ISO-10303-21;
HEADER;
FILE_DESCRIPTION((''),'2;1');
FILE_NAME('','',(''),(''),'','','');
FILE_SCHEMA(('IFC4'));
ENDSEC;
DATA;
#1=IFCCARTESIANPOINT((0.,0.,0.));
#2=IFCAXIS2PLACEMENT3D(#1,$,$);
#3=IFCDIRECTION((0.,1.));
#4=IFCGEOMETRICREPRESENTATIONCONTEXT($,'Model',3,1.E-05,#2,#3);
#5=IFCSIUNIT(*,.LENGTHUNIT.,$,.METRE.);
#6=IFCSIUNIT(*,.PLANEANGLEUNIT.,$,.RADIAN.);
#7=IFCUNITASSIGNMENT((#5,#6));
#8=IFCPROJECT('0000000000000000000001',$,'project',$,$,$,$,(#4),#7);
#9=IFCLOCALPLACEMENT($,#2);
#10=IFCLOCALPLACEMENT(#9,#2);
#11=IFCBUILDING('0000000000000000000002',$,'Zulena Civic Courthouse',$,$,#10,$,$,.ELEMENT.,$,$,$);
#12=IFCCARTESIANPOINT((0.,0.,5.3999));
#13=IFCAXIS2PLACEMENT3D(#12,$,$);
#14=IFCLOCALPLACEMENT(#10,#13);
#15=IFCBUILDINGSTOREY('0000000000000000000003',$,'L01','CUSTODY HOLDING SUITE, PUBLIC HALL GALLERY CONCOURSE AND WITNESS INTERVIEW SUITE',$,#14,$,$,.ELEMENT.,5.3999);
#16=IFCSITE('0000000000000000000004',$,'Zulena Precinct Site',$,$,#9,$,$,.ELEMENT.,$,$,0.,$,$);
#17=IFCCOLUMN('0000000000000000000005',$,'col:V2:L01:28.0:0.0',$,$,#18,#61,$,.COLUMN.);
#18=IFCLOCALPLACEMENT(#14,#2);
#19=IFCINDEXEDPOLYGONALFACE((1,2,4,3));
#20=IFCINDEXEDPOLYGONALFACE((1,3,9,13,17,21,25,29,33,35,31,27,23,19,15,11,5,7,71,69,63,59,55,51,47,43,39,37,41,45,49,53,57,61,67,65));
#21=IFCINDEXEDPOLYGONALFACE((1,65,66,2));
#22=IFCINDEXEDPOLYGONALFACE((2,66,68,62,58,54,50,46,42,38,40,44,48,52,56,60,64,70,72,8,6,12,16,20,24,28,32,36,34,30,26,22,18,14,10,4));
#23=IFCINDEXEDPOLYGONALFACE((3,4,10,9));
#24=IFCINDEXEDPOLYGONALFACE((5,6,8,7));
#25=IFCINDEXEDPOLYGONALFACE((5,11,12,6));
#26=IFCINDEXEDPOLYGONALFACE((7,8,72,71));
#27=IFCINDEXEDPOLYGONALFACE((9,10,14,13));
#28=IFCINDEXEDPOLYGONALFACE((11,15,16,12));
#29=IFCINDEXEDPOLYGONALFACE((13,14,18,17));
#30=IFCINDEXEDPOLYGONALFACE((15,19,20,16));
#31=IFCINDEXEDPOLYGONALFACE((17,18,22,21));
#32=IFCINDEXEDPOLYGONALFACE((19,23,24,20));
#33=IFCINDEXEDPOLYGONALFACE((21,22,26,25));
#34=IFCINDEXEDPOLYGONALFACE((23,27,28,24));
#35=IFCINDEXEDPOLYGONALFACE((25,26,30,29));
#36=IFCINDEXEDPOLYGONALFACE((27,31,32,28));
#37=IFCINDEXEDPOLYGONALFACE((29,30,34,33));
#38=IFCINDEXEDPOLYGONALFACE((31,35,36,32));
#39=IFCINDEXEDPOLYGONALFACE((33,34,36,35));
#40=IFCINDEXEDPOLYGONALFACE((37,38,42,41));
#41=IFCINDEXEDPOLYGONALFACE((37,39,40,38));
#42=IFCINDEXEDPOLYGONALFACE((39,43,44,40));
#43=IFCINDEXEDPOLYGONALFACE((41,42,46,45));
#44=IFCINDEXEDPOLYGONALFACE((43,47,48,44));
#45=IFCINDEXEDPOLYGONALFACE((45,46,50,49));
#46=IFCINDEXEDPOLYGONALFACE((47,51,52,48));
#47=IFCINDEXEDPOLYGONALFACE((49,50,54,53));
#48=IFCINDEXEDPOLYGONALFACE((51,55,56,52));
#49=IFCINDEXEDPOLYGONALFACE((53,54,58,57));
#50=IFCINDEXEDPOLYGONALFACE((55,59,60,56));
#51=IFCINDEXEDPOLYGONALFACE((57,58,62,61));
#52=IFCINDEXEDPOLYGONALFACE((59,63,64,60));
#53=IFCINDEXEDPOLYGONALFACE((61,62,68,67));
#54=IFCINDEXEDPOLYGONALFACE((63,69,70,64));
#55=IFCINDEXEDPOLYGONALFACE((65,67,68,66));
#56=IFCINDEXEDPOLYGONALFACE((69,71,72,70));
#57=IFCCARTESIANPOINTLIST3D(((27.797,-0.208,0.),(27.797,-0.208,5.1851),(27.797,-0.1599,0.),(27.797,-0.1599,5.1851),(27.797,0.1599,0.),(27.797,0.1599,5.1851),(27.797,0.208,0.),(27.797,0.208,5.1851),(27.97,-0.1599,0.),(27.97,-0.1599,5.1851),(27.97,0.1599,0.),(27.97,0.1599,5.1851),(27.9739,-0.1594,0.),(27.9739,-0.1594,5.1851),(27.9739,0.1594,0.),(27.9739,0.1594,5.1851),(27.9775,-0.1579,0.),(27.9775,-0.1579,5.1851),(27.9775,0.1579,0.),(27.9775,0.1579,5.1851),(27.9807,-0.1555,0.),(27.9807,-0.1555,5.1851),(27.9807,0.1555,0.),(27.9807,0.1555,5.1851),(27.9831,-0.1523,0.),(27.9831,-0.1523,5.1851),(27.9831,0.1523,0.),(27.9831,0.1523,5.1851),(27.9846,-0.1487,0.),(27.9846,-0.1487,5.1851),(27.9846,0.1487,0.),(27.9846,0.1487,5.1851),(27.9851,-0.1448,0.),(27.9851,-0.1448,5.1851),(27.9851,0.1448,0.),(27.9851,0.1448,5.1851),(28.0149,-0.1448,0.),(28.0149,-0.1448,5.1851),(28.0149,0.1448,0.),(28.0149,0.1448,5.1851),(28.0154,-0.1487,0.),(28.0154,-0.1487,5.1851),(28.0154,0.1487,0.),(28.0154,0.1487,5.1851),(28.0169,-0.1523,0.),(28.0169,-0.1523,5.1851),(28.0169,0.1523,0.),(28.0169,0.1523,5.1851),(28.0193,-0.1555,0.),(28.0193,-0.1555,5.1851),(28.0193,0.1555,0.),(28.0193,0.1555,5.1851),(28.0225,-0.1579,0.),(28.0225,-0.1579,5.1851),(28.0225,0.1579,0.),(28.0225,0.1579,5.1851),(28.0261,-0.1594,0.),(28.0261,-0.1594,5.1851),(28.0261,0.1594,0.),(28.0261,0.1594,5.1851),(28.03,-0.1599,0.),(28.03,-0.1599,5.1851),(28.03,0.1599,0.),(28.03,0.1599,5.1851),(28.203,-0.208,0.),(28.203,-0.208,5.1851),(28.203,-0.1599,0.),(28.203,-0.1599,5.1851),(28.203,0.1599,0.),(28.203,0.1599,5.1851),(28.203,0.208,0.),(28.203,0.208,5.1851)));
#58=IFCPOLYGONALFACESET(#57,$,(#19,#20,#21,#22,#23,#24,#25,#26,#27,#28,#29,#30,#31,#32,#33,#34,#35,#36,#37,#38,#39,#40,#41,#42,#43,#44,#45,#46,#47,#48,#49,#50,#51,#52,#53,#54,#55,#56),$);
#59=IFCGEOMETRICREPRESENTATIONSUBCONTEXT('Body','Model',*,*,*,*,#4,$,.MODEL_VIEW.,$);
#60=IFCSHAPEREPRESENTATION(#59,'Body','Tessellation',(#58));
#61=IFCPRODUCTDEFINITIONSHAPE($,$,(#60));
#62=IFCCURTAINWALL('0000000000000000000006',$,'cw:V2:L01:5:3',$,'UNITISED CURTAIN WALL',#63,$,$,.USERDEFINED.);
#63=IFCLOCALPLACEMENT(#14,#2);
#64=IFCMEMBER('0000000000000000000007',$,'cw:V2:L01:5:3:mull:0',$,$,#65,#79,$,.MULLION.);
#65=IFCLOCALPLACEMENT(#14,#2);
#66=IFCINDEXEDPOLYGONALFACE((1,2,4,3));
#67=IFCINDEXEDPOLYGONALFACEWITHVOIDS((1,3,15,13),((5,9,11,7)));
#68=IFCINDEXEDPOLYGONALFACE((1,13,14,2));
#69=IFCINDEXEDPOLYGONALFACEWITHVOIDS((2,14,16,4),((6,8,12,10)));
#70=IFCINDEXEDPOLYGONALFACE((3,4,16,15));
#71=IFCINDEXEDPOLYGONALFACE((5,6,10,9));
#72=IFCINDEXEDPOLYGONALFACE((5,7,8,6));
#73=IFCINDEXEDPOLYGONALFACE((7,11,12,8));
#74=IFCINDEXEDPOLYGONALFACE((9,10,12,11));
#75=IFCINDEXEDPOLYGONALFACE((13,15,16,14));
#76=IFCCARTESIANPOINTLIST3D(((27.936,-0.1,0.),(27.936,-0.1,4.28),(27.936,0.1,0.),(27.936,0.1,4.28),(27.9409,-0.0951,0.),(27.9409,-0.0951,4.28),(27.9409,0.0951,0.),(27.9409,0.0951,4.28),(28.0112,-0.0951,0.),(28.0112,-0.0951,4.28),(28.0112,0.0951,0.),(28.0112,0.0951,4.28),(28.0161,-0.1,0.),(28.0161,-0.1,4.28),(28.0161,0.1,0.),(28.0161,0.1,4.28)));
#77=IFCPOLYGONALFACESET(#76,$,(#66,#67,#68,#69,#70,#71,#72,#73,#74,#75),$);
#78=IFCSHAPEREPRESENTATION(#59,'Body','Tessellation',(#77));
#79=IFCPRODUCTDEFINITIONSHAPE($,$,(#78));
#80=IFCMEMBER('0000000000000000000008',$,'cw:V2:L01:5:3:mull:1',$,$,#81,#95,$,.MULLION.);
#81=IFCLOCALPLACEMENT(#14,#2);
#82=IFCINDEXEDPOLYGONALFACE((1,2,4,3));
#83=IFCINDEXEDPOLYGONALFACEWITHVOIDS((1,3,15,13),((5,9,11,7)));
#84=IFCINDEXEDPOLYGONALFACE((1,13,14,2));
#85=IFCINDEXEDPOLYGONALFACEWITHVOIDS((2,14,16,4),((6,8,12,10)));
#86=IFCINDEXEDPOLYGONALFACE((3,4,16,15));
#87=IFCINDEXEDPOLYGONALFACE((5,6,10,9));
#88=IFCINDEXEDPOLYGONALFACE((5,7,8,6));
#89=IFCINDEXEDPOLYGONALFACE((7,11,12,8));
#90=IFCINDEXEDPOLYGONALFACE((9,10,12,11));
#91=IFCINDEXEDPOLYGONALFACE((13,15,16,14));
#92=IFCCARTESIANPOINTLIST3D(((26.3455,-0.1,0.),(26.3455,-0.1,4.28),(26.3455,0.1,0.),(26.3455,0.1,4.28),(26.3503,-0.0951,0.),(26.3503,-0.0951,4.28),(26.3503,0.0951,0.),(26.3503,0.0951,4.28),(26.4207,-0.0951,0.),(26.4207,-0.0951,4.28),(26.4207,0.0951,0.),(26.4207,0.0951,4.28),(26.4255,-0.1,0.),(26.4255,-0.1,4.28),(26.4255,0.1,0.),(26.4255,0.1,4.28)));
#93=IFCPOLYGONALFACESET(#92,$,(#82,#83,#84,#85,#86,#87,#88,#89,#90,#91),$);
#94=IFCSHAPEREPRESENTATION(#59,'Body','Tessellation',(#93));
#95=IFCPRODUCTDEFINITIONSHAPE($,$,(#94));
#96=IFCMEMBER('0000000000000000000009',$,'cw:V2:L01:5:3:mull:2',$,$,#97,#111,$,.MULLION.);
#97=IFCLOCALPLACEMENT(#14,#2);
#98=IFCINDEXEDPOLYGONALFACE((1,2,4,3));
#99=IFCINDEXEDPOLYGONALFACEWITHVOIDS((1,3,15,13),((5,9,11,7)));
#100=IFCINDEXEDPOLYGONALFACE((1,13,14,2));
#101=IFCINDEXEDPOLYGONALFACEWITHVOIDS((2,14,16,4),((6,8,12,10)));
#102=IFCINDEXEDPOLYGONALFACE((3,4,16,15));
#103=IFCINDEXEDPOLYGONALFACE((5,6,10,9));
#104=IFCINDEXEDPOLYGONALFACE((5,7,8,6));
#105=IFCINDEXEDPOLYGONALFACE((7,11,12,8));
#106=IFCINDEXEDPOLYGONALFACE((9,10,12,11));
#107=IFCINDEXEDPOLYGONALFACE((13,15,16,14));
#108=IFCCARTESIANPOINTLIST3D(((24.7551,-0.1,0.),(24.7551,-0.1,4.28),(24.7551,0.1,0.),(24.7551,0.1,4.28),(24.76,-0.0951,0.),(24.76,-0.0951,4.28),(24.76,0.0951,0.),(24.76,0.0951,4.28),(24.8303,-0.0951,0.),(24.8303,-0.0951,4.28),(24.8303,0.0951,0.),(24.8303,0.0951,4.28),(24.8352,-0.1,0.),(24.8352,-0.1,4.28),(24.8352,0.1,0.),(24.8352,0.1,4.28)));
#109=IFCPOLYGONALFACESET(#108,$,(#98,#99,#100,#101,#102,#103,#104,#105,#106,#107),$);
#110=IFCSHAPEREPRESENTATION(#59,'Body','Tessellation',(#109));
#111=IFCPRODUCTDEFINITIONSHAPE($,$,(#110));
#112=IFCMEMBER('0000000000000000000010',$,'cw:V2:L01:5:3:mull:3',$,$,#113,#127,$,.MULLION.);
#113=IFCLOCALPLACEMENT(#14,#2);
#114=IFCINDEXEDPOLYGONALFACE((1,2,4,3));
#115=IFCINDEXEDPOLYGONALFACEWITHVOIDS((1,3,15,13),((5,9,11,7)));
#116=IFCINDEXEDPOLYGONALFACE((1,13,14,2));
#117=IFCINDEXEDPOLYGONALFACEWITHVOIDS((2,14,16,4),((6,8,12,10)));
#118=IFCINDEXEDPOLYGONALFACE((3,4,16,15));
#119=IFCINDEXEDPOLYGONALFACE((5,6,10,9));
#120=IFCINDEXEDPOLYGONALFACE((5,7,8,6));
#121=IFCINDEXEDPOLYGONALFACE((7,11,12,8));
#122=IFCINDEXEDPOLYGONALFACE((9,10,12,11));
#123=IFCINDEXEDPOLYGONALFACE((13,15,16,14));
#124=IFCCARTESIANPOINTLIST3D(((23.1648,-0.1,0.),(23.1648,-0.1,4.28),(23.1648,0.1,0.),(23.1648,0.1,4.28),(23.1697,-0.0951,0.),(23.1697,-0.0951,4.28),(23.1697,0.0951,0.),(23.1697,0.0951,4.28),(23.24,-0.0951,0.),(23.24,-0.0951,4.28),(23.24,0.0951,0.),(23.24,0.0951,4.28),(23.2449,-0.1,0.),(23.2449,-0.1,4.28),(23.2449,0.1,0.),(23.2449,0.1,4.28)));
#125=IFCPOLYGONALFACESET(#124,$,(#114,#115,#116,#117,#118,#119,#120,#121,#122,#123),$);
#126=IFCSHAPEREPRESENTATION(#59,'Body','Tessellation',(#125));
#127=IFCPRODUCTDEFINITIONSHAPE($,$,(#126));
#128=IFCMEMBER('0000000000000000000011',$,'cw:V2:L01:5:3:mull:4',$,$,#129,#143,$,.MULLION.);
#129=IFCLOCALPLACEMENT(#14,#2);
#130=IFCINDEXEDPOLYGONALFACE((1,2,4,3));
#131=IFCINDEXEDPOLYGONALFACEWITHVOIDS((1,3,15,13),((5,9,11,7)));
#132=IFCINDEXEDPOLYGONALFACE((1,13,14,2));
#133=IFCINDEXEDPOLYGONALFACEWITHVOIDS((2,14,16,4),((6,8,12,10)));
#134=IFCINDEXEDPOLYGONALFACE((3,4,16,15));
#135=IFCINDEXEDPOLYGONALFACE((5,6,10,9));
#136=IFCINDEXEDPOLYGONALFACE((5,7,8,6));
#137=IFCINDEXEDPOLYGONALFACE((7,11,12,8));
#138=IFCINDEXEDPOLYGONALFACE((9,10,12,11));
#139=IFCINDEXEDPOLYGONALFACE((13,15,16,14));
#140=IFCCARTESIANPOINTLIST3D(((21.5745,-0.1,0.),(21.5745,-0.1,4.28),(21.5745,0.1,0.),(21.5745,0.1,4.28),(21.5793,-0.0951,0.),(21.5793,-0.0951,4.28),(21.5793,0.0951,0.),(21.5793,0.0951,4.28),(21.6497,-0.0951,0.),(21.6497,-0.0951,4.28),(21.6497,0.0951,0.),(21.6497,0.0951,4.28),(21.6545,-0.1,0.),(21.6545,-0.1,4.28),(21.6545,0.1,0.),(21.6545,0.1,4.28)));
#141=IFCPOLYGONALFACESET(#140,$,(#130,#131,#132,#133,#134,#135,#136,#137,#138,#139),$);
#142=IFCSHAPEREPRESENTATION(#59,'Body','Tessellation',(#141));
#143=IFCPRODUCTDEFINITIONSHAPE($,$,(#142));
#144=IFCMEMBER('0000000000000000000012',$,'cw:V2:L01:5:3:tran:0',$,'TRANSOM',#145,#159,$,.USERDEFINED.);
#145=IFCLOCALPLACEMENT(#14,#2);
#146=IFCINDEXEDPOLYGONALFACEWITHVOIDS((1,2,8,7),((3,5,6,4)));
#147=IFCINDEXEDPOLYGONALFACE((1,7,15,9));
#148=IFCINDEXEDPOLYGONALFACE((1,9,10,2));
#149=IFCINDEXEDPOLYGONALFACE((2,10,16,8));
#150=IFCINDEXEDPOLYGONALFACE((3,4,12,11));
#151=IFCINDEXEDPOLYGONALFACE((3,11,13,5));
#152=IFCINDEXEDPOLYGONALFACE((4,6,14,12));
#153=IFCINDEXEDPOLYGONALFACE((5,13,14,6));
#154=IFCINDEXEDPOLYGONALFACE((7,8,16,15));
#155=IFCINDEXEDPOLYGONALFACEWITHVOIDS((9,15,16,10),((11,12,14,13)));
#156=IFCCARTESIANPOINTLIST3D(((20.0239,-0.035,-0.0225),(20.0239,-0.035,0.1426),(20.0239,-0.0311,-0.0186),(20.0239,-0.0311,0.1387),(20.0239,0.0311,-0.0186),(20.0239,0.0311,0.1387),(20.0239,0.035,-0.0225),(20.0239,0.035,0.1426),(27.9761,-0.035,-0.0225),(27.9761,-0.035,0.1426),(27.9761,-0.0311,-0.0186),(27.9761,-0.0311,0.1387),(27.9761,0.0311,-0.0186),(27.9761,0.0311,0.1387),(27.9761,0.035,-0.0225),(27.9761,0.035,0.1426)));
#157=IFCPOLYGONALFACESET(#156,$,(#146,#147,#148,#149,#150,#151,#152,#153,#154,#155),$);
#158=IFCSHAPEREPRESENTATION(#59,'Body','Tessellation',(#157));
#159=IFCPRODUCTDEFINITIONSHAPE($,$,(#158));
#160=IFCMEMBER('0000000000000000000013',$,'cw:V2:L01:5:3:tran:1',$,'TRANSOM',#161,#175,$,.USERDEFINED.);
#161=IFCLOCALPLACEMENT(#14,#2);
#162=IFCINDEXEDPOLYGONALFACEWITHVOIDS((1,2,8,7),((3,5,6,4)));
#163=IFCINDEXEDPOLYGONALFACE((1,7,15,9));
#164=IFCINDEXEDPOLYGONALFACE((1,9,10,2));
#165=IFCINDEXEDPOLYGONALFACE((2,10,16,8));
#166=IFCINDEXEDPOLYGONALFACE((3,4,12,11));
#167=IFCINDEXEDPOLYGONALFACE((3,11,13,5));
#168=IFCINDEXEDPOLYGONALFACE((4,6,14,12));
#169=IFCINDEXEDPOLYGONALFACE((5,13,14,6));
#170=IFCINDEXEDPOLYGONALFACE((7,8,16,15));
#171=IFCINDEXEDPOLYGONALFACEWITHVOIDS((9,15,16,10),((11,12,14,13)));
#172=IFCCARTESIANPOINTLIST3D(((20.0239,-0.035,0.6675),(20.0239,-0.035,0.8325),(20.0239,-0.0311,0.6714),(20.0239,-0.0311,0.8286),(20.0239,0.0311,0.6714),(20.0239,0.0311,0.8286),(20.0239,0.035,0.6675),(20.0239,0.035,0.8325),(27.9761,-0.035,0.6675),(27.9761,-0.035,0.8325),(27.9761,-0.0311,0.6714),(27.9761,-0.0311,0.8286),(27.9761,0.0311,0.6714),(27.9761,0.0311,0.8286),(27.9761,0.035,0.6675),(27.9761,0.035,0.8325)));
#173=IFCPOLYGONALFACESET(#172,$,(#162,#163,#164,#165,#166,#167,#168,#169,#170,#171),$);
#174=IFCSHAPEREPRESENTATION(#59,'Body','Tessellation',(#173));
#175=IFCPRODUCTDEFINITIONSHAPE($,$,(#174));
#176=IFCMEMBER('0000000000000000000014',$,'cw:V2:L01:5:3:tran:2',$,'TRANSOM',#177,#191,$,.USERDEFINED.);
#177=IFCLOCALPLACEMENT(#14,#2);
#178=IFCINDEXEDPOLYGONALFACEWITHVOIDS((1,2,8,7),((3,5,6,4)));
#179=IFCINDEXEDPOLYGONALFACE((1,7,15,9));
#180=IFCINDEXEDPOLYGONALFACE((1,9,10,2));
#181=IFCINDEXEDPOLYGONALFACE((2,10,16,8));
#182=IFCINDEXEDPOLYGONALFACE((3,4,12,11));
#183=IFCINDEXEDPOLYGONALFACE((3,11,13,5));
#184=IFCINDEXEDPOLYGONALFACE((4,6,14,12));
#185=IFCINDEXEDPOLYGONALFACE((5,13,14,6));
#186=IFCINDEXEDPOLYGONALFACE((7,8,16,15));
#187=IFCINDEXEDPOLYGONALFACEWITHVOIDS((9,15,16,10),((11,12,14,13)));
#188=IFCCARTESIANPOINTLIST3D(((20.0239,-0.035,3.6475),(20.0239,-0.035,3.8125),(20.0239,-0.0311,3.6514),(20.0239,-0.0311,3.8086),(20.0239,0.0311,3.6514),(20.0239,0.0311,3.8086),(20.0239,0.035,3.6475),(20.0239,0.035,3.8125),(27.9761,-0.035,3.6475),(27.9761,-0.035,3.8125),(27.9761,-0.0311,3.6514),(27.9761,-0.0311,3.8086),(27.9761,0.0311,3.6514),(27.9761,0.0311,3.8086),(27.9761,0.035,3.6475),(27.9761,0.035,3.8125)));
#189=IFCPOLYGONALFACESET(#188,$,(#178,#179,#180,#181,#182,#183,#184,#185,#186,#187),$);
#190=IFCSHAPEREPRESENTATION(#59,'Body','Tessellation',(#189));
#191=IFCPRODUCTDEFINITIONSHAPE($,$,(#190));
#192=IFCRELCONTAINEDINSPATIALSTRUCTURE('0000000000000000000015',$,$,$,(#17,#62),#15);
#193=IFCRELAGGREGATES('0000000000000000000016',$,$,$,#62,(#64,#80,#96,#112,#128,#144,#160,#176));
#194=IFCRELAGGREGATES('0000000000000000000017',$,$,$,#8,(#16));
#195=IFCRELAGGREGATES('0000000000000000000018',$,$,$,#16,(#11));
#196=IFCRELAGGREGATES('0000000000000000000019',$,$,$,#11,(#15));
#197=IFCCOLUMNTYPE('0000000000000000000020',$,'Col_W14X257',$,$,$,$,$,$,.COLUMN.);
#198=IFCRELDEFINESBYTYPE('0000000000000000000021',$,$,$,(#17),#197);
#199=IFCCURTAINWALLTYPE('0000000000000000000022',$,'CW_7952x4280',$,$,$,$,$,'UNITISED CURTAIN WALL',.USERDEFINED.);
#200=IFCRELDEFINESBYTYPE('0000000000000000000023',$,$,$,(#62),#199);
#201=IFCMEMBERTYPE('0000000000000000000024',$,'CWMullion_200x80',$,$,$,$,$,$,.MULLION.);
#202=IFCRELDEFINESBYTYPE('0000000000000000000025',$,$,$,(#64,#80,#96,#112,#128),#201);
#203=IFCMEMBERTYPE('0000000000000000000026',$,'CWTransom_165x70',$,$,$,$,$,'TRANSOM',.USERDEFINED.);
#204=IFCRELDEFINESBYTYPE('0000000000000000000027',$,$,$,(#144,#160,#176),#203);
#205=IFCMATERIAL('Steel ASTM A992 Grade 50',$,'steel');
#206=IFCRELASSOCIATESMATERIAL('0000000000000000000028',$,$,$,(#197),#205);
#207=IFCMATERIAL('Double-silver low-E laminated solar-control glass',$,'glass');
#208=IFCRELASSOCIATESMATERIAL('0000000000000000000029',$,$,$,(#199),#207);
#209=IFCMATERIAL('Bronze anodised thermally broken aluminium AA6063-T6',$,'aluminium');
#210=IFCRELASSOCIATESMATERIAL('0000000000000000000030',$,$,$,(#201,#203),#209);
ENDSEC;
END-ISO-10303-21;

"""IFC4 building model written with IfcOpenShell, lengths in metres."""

from ifc_helpers import new_model, si_unit, direction, frame, origin, origin_2d, place, context, subcontext, project, spatial, hollow_rectangle, i_section, extrude, material, material_profile, profile_set, type_object, element, aggregate, save


model = new_model("IFC4")

# Units and contexts
model_context = context("Model", 3, precision=1e-05, world=origin(), true_north=direction((0.0, 1.0)))
body_context = subcontext(model_context, "Body", "Model", "MODEL_VIEW")
ifc_project = project(units=[si_unit("LENGTHUNIT", "METRE"), si_unit("PLANEANGLEUNIT", "RADIAN")], contexts=[model_context])

# Site, building, storey
site_placement = place(None, origin())
site = spatial("IfcSite", under=ifc_project, at=site_placement, Name="Zulena Precinct Site", CompositionType="ELEMENT", RefElevation=0.0)
building_placement = place(site_placement, origin())
building = spatial("IfcBuilding", under=site, at=building_placement, Name="Zulena Civic Courthouse", CompositionType="ELEMENT")
storey_placement = place(building_placement, frame((0.0, 0.0, 5.3999)))
storey = spatial("IfcBuildingStorey", under=building, at=storey_placement, Name="L01", Description="CUSTODY HOLDING SUITE, PUBLIC HALL GALLERY CONCOURSE AND WITNESS INTERVIEW SUITE", CompositionType="ELEMENT", Elevation=5.3999)

# Column
ifc_material_1 = material(Name="Steel ASTM A992 Grade 50", Category="steel")
ifc_material_profile_1 = material_profile(ifc_material_1, i_section(OverallWidth=0.406, OverallDepth=0.416, WebThickness=0.0298, FlangeThickness=0.0481, FilletRadius=0.0151, at=origin_2d()), Name="W14X257")
ifc_profile_set_1 = profile_set([ifc_material_profile_1], Name="Steel ASTM A992 Grade 50")
column_type = type_object("IfcColumnType", Name="Col_W14X257", PredefinedType="COLUMN", material=ifc_profile_set_1)
column_placement = place(storey_placement, frame((28.0, 0.0, 0.0), z_axis=(0.0, 0.0, 1.0), x_axis=(1.0, 0.0, 0.0)))
element("IfcColumn", 1, at=column_placement, inside=storey, type_object=column_type, Name="col:V2:L01:28.0:0.0", PredefinedType="COLUMN", context=body_context, shape_type="SweptSolid", body=[
    extrude(i_section(OverallWidth=0.406, OverallDepth=0.416, WebThickness=0.0298, FlangeThickness=0.0481, FilletRadius=0.0151, at=origin_2d()), origin(), (0.0, 0.0, 1.0), 5.1851),
])

# Curtain wall, members
ifc_material_2 = material(Name="Double-silver low-E laminated solar-control glass", Category="glass")
curtain_wall_type = type_object("IfcCurtainWallType", Name="CW_7952x4280", ElementType="UNITISED CURTAIN WALL", PredefinedType="USERDEFINED", material=ifc_material_2)
curtain_wall_placement = place(storey_placement, origin())
curtain_wall = element("IfcCurtainWall", 2, at=curtain_wall_placement, inside=storey, type_object=curtain_wall_type, Name="cw:V2:L01:5:3", ObjectType="UNITISED CURTAIN WALL", PredefinedType="USERDEFINED")
ifc_material_3 = material(Name="Bronze anodised thermally broken aluminium AA6063-T6", Category="aluminium")
ifc_material_profile_2 = material_profile(ifc_material_3, hollow_rectangle(XDim=0.0801, YDim=0.2, WallThickness=0.0049, at=origin_2d()), Name="CWM200X80X5")
ifc_profile_set_2 = profile_set([ifc_material_profile_2], Name="Bronze anodised thermally broken aluminium AA6063-T6")
member_type_1 = type_object("IfcMemberType", Name="CWMullion_200x80", PredefinedType="MULLION", material=ifc_profile_set_2)
member_1_placement = place(storey_placement, frame((27.9761, 0.0, 0.0), z_axis=(0.0, 0.0, 1.0), x_axis=(1.0, 0.0, 0.0)))
member_1 = element("IfcMember", 3, at=member_1_placement, type_object=member_type_1, Name="cw:V2:L01:5:3:mull:0", PredefinedType="MULLION", context=body_context, shape_type="SweptSolid", body=[
    extrude(hollow_rectangle(XDim=0.0801, YDim=0.2, WallThickness=0.0049, at=origin_2d()), origin(), (0.0, 0.0, 1.0), 4.28),
])
member_2_placement = place(storey_placement, frame((26.3855, 0.0, 0.0), z_axis=(0.0, 0.0, 1.0), x_axis=(1.0, 0.0, 0.0)))
member_2 = element("IfcMember", 4, at=member_2_placement, type_object=member_type_1, Name="cw:V2:L01:5:3:mull:1", PredefinedType="MULLION", context=body_context, shape_type="SweptSolid", body=[
    extrude(hollow_rectangle(XDim=0.0801, YDim=0.2, WallThickness=0.0049, at=origin_2d()), origin(), (0.0, 0.0, 1.0), 4.28),
])
member_3_placement = place(storey_placement, frame((24.7952, 0.0, 0.0), z_axis=(0.0, 0.0, 1.0), x_axis=(1.0, 0.0, 0.0)))
member_3 = element("IfcMember", 5, at=member_3_placement, type_object=member_type_1, Name="cw:V2:L01:5:3:mull:2", PredefinedType="MULLION", context=body_context, shape_type="SweptSolid", body=[
    extrude(hollow_rectangle(XDim=0.0801, YDim=0.2, WallThickness=0.0049, at=origin_2d()), origin(), (0.0, 0.0, 1.0), 4.28),
])
member_4_placement = place(storey_placement, frame((23.2048, 0.0, 0.0), z_axis=(0.0, 0.0, 1.0), x_axis=(1.0, 0.0, 0.0)))
member_4 = element("IfcMember", 6, at=member_4_placement, type_object=member_type_1, Name="cw:V2:L01:5:3:mull:3", PredefinedType="MULLION", context=body_context, shape_type="SweptSolid", body=[
    extrude(hollow_rectangle(XDim=0.0801, YDim=0.2, WallThickness=0.0049, at=origin_2d()), origin(), (0.0, 0.0, 1.0), 4.28),
])
member_5_placement = place(storey_placement, frame((21.6145, 0.0, 0.0), z_axis=(0.0, 0.0, 1.0), x_axis=(1.0, 0.0, 0.0)))
member_5 = element("IfcMember", 7, at=member_5_placement, type_object=member_type_1, Name="cw:V2:L01:5:3:mull:4", PredefinedType="MULLION", context=body_context, shape_type="SweptSolid", body=[
    extrude(hollow_rectangle(XDim=0.0801, YDim=0.2, WallThickness=0.0049, at=origin_2d()), origin(), (0.0, 0.0, 1.0), 4.28),
])
ifc_material_profile_3 = material_profile(ifc_material_3, hollow_rectangle(XDim=0.0701, YDim=0.165, WallThickness=0.0039, at=origin_2d()), Name="CWT165X70X4")
ifc_profile_set_3 = profile_set([ifc_material_profile_3], Name="Bronze anodised thermally broken aluminium AA6063-T6")
member_type_2 = type_object("IfcMemberType", Name="CWTransom_165x70", ElementType="TRANSOM", PredefinedType="USERDEFINED", material=ifc_profile_set_3)
member_6_placement = place(storey_placement, frame((27.9761, 0.0, 0.0601), z_axis=(-1.0, 0.0, 0.0), x_axis=(0.0, -1.0, 0.0)))
member_6 = element("IfcMember", 8, at=member_6_placement, type_object=member_type_2, Name="cw:V2:L01:5:3:tran:0", ObjectType="TRANSOM", PredefinedType="USERDEFINED", context=body_context, shape_type="SweptSolid", body=[
    extrude(hollow_rectangle(XDim=0.0701, YDim=0.165, WallThickness=0.0039, at=origin_2d()), origin(), (0.0, 0.0, 1.0), 7.9521),
])
member_7_placement = place(storey_placement, frame((27.9761, 0.0, 0.75), z_axis=(-1.0, 0.0, 0.0), x_axis=(0.0, -1.0, 0.0)))
member_7 = element("IfcMember", 9, at=member_7_placement, type_object=member_type_2, Name="cw:V2:L01:5:3:tran:1", ObjectType="TRANSOM", PredefinedType="USERDEFINED", context=body_context, shape_type="SweptSolid", body=[
    extrude(hollow_rectangle(XDim=0.0701, YDim=0.165, WallThickness=0.0039, at=origin_2d()), origin(), (0.0, 0.0, 1.0), 7.9521),
])
member_8_placement = place(storey_placement, frame((27.9761, 0.0, 3.73), z_axis=(-1.0, 0.0, 0.0), x_axis=(0.0, -1.0, 0.0)))
member_8 = element("IfcMember", 10, at=member_8_placement, type_object=member_type_2, Name="cw:V2:L01:5:3:tran:2", ObjectType="TRANSOM", PredefinedType="USERDEFINED", context=body_context, shape_type="SweptSolid", body=[
    extrude(hollow_rectangle(XDim=0.0701, YDim=0.165, WallThickness=0.0039, at=origin_2d()), origin(), (0.0, 0.0, 1.0), 7.9521),
])

aggregate(curtain_wall, [member_1, member_2, member_3, member_4, member_5, member_6, member_7, member_8])

save(model, "model.ifc")
